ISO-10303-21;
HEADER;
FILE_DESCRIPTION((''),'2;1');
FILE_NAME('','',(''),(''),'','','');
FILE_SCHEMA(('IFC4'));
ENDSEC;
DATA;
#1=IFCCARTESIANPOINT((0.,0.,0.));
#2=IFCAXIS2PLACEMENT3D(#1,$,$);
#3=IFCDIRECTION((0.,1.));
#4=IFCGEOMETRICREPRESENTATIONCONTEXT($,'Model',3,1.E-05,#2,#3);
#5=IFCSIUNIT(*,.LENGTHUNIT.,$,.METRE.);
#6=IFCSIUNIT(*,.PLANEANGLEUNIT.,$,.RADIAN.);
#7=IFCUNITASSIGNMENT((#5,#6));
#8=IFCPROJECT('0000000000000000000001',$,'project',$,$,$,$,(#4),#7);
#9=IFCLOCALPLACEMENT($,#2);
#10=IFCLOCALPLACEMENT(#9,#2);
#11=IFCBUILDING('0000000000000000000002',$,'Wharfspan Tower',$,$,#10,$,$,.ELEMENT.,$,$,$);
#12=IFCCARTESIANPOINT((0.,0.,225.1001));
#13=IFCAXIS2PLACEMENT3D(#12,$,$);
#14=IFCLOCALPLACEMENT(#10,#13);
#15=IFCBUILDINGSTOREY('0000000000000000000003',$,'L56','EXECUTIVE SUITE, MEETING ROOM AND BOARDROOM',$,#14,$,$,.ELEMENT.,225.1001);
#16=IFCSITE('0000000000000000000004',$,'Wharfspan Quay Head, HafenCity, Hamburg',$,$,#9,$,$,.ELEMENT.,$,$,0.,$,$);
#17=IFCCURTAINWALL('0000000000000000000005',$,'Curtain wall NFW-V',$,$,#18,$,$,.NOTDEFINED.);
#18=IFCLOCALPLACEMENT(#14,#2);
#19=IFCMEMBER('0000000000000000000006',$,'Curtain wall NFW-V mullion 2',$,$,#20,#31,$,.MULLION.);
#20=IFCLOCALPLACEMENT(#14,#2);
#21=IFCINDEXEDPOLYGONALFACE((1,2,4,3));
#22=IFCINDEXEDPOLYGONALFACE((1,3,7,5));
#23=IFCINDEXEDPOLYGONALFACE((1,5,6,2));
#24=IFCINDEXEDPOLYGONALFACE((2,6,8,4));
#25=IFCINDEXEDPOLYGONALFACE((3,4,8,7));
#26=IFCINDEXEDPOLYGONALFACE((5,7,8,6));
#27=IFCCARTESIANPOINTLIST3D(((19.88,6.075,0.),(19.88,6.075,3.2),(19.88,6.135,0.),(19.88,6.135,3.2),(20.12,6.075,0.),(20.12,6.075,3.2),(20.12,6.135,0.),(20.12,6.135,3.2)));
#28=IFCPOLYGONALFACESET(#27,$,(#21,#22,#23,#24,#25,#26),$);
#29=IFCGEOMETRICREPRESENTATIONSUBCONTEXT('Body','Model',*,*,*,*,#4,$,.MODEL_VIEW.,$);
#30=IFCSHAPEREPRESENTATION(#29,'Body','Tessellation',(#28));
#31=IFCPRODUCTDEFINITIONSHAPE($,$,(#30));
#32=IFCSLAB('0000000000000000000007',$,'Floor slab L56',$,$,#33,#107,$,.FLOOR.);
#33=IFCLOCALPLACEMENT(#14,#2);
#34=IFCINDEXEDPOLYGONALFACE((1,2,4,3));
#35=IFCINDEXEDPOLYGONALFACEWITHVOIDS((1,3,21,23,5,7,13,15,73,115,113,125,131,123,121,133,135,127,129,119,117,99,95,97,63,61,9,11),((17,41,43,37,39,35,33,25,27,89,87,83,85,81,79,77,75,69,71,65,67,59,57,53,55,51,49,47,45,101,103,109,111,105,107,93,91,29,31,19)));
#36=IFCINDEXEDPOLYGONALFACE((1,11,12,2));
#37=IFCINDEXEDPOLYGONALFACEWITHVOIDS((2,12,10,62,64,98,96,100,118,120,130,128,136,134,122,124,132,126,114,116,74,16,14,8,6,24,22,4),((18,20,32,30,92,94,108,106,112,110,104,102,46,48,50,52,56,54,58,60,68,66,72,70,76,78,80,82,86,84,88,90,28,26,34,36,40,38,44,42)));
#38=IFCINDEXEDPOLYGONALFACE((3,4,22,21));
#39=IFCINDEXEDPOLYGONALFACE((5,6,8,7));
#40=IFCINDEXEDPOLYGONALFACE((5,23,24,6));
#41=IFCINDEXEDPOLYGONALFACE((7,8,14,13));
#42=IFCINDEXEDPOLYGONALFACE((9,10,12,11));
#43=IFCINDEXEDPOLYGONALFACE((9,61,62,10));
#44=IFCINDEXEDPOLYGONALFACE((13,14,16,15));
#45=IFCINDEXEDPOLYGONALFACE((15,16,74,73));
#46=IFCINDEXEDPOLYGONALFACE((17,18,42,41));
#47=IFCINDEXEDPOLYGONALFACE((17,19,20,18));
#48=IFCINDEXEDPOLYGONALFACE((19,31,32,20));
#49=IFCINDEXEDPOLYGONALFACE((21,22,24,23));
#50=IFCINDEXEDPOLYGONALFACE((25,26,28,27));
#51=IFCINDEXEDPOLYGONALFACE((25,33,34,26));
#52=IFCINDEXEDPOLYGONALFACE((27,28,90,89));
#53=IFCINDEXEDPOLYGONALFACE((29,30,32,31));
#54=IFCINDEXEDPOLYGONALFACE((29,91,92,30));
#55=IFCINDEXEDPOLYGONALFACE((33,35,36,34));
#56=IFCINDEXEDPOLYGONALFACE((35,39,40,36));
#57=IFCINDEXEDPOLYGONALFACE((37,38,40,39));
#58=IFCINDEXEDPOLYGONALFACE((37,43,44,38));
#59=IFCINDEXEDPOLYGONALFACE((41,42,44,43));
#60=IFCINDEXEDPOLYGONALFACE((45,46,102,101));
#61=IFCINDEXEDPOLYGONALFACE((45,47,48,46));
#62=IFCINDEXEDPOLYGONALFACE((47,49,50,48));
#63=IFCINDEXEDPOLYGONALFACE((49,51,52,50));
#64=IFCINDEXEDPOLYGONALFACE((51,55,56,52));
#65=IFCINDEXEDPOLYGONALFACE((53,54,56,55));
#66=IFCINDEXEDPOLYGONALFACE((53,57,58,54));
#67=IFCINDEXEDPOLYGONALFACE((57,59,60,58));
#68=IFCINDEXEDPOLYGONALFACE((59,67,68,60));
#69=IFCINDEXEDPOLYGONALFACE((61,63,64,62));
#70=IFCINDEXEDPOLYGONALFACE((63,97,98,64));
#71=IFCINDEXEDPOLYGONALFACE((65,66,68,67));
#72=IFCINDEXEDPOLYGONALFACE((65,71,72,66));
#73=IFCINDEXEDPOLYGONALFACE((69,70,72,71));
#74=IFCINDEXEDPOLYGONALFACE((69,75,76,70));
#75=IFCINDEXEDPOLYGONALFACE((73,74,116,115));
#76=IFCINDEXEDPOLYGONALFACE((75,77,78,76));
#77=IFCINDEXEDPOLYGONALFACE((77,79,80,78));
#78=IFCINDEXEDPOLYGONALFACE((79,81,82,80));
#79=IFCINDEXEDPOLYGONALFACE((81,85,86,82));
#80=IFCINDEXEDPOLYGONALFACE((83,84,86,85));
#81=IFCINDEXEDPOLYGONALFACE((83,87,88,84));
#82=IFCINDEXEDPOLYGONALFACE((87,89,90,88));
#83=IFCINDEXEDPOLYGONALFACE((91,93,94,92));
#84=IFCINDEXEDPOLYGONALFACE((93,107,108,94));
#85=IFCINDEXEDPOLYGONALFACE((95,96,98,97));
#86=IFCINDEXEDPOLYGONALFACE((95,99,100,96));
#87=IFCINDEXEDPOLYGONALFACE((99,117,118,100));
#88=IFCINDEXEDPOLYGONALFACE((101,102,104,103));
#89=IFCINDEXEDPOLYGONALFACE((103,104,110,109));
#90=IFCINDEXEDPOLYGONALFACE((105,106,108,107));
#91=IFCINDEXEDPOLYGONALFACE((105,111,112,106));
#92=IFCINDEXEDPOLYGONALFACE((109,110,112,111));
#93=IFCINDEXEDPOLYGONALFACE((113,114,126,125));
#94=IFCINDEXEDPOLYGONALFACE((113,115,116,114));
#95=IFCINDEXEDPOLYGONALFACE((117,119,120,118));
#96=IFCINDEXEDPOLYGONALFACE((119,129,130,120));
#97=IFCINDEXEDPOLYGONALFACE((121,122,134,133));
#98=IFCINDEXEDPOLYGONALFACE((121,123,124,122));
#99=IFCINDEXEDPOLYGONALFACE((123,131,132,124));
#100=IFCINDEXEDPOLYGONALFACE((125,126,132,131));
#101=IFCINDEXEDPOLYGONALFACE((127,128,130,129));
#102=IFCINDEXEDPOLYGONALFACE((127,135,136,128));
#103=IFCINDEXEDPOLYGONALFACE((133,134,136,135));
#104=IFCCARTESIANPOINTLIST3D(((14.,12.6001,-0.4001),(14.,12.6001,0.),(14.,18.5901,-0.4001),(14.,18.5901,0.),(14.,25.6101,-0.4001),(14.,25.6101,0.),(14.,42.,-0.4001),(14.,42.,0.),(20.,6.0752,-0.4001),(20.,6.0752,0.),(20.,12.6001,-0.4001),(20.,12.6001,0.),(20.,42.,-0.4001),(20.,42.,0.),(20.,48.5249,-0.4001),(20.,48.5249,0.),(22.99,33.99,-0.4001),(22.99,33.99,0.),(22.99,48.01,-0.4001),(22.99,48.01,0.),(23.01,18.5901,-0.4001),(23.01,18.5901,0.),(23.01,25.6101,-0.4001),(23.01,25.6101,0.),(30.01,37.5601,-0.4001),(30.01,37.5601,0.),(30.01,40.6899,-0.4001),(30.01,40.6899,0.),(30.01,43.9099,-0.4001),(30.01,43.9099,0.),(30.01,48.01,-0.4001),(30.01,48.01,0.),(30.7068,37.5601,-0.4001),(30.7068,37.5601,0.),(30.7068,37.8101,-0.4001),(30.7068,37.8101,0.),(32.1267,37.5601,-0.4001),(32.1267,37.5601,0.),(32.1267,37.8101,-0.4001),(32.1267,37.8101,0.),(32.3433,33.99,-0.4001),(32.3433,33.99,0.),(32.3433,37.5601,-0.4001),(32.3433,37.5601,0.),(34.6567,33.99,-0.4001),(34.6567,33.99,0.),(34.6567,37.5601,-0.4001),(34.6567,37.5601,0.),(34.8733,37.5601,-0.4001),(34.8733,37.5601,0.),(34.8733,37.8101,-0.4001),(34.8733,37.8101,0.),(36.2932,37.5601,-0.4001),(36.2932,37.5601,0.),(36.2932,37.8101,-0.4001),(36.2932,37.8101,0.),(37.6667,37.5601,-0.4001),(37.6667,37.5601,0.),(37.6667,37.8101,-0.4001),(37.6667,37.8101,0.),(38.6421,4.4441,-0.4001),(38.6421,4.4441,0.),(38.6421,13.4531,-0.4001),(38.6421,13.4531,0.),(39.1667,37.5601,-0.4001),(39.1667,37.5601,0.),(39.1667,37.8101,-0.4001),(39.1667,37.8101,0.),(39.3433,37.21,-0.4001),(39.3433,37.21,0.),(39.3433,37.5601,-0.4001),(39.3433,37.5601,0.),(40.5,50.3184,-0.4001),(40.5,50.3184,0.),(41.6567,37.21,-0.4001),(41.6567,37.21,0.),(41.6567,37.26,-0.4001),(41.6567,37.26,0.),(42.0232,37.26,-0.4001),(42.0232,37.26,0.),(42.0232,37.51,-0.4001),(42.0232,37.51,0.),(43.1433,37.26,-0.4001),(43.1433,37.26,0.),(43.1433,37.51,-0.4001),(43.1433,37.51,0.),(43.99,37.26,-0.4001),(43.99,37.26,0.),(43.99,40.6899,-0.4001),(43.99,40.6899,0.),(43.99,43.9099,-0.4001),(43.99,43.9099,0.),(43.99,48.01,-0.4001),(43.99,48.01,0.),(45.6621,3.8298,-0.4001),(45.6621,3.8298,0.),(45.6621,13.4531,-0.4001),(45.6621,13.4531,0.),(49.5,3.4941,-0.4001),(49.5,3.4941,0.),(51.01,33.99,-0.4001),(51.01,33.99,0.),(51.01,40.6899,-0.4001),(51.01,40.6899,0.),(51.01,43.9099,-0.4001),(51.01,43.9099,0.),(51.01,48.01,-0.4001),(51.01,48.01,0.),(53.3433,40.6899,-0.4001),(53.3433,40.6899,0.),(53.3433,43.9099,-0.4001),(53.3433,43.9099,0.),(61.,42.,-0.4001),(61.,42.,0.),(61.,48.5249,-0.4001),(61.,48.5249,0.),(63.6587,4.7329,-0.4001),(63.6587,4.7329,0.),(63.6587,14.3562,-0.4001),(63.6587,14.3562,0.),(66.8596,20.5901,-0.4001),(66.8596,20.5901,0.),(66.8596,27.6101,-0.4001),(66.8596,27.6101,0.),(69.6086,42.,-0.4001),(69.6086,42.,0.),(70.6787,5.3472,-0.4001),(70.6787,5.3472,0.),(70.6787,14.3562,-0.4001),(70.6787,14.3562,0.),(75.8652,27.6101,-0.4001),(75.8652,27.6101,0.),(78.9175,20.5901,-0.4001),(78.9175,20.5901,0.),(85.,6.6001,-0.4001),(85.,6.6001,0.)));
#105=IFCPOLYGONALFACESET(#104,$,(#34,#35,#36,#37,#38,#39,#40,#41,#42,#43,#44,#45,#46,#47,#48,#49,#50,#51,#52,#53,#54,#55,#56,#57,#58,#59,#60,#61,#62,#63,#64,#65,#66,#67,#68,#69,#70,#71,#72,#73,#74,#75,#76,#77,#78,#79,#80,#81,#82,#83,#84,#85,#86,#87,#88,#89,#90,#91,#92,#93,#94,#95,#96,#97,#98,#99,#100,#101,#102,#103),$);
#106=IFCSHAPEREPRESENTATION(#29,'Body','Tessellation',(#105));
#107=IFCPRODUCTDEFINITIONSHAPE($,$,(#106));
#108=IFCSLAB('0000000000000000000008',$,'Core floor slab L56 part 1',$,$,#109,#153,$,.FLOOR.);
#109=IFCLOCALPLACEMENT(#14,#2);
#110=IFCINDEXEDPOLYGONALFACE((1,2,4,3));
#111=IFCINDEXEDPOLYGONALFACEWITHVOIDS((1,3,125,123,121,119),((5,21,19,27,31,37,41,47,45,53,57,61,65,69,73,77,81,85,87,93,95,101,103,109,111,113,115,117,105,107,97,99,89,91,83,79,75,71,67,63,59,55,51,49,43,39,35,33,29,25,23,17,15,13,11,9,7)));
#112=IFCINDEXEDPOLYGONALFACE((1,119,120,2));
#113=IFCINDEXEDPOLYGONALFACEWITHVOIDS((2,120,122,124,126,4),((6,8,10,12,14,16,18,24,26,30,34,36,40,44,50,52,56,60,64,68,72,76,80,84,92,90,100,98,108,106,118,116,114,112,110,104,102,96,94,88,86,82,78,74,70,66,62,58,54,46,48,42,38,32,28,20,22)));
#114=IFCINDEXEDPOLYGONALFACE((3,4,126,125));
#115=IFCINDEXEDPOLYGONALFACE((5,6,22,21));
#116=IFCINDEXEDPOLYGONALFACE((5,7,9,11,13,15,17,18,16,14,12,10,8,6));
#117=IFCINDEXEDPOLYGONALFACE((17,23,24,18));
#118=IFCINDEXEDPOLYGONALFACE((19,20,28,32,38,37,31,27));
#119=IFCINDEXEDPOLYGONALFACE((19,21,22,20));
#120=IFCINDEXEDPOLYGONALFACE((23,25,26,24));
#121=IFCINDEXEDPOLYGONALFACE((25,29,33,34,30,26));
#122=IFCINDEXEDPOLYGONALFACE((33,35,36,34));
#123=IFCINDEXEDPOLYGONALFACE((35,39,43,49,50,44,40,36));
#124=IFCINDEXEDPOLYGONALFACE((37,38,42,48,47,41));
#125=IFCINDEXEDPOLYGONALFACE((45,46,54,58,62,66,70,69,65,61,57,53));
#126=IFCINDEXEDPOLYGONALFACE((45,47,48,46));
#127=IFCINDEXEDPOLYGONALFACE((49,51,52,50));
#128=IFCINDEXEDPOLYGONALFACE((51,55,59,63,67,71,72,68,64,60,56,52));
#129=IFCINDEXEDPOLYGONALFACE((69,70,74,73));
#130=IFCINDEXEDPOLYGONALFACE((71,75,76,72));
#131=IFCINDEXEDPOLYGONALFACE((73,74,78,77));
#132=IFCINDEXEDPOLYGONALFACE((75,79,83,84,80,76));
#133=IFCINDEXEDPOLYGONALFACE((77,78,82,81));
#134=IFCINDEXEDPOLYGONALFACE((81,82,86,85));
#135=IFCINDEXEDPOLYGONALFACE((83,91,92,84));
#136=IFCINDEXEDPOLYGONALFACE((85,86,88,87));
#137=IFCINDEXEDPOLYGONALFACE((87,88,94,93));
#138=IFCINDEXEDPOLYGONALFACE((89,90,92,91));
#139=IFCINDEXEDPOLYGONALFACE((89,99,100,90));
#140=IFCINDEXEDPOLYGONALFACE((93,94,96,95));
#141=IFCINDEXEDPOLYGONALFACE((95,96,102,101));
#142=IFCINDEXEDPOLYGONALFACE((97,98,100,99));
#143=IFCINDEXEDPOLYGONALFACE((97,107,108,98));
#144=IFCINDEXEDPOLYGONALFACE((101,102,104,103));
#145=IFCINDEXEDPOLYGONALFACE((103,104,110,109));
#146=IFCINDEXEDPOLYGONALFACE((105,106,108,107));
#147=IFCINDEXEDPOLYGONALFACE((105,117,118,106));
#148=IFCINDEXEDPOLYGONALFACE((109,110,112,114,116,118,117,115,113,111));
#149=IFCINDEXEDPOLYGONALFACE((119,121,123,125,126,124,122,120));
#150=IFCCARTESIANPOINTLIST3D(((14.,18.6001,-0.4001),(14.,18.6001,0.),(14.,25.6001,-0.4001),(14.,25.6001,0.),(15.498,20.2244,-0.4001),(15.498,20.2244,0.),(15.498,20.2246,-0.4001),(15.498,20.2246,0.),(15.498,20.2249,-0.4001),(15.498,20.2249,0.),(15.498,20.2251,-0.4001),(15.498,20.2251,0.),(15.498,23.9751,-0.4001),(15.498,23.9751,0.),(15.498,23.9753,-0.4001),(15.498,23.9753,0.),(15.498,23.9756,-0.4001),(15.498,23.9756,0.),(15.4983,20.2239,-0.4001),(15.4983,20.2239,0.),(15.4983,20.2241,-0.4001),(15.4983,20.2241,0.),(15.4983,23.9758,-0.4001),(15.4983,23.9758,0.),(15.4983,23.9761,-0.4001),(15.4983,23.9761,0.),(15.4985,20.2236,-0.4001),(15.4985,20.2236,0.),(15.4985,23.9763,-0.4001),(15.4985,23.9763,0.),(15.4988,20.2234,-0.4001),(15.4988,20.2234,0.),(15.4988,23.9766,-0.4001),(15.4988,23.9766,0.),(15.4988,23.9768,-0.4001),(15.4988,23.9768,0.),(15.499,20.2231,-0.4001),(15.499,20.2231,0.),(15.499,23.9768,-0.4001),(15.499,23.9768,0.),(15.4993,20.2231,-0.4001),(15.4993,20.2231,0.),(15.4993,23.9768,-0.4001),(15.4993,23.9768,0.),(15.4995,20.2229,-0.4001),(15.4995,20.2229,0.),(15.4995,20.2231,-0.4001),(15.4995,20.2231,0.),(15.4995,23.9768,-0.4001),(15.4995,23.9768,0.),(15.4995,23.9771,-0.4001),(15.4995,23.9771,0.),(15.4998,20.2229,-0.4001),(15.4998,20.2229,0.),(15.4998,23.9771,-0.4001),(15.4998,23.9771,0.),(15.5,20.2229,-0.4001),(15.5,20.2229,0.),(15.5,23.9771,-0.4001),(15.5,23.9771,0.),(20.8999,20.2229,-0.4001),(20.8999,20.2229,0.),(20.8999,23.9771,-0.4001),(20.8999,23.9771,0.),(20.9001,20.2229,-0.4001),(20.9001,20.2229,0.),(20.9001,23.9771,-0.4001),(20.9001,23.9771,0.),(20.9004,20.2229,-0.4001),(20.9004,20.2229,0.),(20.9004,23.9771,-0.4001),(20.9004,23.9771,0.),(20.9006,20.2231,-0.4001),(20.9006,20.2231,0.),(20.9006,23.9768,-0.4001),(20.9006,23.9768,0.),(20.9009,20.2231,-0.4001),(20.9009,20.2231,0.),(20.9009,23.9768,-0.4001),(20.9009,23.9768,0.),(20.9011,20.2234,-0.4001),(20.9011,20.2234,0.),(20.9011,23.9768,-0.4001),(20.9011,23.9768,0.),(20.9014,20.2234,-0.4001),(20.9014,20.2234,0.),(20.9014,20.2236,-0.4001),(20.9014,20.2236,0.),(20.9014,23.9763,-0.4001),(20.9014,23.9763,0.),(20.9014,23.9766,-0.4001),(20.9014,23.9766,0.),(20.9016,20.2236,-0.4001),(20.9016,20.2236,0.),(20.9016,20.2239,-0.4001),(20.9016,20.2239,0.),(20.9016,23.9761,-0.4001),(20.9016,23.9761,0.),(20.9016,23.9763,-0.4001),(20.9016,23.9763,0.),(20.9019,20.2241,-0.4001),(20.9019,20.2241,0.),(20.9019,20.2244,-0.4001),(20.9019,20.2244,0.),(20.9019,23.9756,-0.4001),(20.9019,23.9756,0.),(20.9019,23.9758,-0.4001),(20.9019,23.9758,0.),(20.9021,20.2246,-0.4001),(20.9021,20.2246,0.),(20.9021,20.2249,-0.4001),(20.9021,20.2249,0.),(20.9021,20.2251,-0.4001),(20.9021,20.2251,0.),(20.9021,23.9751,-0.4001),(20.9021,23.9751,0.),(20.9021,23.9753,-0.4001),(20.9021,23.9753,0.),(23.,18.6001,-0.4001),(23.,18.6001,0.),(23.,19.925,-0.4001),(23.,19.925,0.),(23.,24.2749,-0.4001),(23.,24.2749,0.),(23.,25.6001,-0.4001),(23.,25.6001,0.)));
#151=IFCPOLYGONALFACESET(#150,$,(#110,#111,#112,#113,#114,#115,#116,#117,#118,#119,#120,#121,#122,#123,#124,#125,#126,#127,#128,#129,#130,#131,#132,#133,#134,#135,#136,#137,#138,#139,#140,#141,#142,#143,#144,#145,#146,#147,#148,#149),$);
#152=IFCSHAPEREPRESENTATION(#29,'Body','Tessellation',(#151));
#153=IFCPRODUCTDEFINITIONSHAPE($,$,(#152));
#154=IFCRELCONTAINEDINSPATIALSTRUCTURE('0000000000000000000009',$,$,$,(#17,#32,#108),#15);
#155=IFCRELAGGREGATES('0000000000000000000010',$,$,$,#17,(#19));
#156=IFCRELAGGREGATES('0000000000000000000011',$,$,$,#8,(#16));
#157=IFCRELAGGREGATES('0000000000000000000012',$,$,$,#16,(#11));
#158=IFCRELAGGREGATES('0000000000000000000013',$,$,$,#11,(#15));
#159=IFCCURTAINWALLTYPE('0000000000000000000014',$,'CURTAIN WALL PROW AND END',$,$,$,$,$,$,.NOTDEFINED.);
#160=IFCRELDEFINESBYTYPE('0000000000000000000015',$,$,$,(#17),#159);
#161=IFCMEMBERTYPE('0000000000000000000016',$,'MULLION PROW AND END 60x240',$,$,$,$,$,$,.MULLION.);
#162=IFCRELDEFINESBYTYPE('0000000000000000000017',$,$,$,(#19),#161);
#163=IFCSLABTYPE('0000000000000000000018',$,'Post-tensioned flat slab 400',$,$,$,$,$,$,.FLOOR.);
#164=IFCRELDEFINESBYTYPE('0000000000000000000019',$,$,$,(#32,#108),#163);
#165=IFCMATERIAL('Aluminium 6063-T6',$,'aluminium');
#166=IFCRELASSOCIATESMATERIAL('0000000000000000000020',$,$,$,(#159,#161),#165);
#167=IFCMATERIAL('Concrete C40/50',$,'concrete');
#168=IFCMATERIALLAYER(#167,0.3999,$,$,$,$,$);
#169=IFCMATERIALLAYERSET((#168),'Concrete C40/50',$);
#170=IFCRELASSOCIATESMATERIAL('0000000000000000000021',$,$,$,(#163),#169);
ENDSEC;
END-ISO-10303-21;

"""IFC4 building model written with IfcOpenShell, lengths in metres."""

from ifc_helpers import new_model, si_unit, direction, frame, origin, origin_2d, place, context, subcontext, project, spatial, polyline, rectangle, outline, extrude, material, layer, layer_set, material_profile, profile_set, type_object, element, aggregate, save


model = new_model("IFC4")

# Units and contexts
model_context = context("Model", 3, precision=1e-05, world=origin(), true_north=direction((0.0, 1.0)))
body_context = subcontext(model_context, "Body", "Model", "MODEL_VIEW")
ifc_project = project(units=[si_unit("LENGTHUNIT", "METRE"), si_unit("PLANEANGLEUNIT", "RADIAN")], contexts=[model_context])

# Site, building, storey
site_placement = place(None, origin())
site = spatial("IfcSite", under=ifc_project, at=site_placement, Name="Wharfspan Quay Head, HafenCity, Hamburg", CompositionType="ELEMENT", RefElevation=0.0)
building_placement = place(site_placement, origin())
building = spatial("IfcBuilding", under=site, at=building_placement, Name="Wharfspan Tower", CompositionType="ELEMENT")
storey_placement = place(building_placement, frame((0.0, 0.0, 225.1001)))
storey = spatial("IfcBuildingStorey", under=building, at=storey_placement, Name="L56", Description="EXECUTIVE SUITE, MEETING ROOM AND BOARDROOM", CompositionType="ELEMENT", Elevation=225.1001)

# Curtain wall, member
ifc_material_1 = material(Name="Aluminium 6063-T6", Category="aluminium")
curtain_wall_type = type_object("IfcCurtainWallType", Name="CURTAIN WALL PROW AND END", PredefinedType="NOTDEFINED", material=ifc_material_1)
curtain_wall_placement = place(storey_placement, origin())
curtain_wall = element("IfcCurtainWall", 1, at=curtain_wall_placement, inside=storey, type_object=curtain_wall_type, Name="Curtain wall NFW-V", PredefinedType="NOTDEFINED")
ifc_material_profile = material_profile(ifc_material_1, rectangle(XDim=0.24, YDim=0.0601, at=origin_2d()))
ifc_profile_set = profile_set([ifc_material_profile], Name="Aluminium 6063-T6")
member_type = type_object("IfcMemberType", Name="MULLION PROW AND END 60x240", PredefinedType="MULLION", material=ifc_profile_set)
member_placement = place(storey_placement, frame((20.0, 6.105, 0.0), z_axis=(0.0, 0.0, 1.0), x_axis=(1.0, 0.0, 0.0)))
member = element("IfcMember", 2, at=member_placement, type_object=member_type, Name="Curtain wall NFW-V mullion 2", PredefinedType="MULLION", context=body_context, shape_type="SweptSolid", body=[
    extrude(rectangle(XDim=0.24, YDim=0.0601, at=origin_2d()), origin(), (0.0, 0.0, 1.0), 3.2),
])
aggregate(curtain_wall, [member])

# Slabs
ifc_material_2 = material(Name="Concrete C40/50", Category="concrete")
ifc_layer_1 = layer(ifc_material_2, 0.3999)
ifc_layer_set_1 = layer_set([ifc_layer_1], Name="Concrete C40/50")
slab_type_1 = type_object("IfcSlabType", Name="Post-tensioned flat slab 400", PredefinedType="FLOOR", material=ifc_layer_set_1)
slab_1_placement = place(storey_placement, frame((0.0, 0.0, -0.4001)))
element("IfcSlab", 3, at=slab_1_placement, inside=storey, type_object=slab_type_1, Name="Floor slab L56", PredefinedType="FLOOR", context=body_context, shape_type="SweptSolid", body=[
    extrude(outline(polyline([(38.6421, 4.4441), (38.6421, 13.4531), (45.6621, 13.4531), (45.6621, 3.8298), (49.5, 3.4941), (63.6587, 4.7329), (63.6587, 14.3562), (70.6787, 14.3562), (70.6787, 5.3472), (85.0, 6.6001), (78.9175, 20.5901), (66.8596, 20.5901), (66.8596, 27.6101), (75.8652, 27.6101), (69.6086, 42.0), (61.0, 42.0), (61.0, 48.5249), (40.5, 50.3184), (20.0, 48.5249), (20.0, 42.0), (14.0, 42.0), (14.0, 25.6101), (23.01, 25.6101), (23.01, 18.5901), (14.0, 18.5901), (14.0, 12.6001), (20.0, 12.6001), (20.0, 6.0752), (38.6421, 4.4441)]), holes=[polyline([(32.1267, 37.5601), (32.3433, 37.5601), (32.3433, 33.99), (22.99, 33.99), (22.99, 48.01), (30.01, 48.01), (30.01, 43.9099), (43.99, 43.9099), (43.99, 48.01), (51.01, 48.01), (51.01, 43.9099), (53.3433, 43.9099), (53.3433, 40.6899), (51.01, 40.6899), (51.01, 33.99), (34.6567, 33.99), (34.6567, 37.5601), (34.8733, 37.5601), (34.8733, 37.8101), (36.2932, 37.8101), (36.2932, 37.5601), (37.6667, 37.5601), (37.6667, 37.8101), (39.1667, 37.8101), (39.1667, 37.5601), (39.3433, 37.5601), (39.3433, 37.21), (41.6567, 37.21), (41.6567, 37.26), (42.0232, 37.26), (42.0232, 37.51), (43.1433, 37.51), (43.1433, 37.26), (43.99, 37.26), (43.99, 40.6899), (30.01, 40.6899), (30.01, 37.5601), (30.7068, 37.5601), (30.7068, 37.8101), (32.1267, 37.8101), (32.1267, 37.5601)])]), origin(), (0.0, 0.0, 1.0), 0.4001),
])
slab_2_placement = place(storey_placement, frame((0.0, 0.0, -0.4001)))
element("IfcSlab", 4, at=slab_2_placement, inside=storey, type_object=slab_type_1, Name="Core floor slab L56 part 1", PredefinedType="FLOOR", context=body_context, shape_type="SweptSolid", body=[
    extrude(outline(polyline([(23.0, 19.925), (23.0, 24.2749), (23.0, 25.6001), (14.0, 25.6001), (14.0, 18.6001), (23.0, 18.6001), (23.0, 19.925)]), holes=[polyline([(20.8999, 23.9771), (20.9001, 23.9771), (20.9004, 23.9771), (20.9006, 23.9768), (20.9009, 23.9768), (20.9009, 23.9768), (20.9011, 23.9768), (20.9014, 23.9766), (20.9014, 23.9763), (20.9016, 23.9763), (20.9016, 23.9761), (20.9019, 23.9758), (20.9019, 23.9758), (20.9019, 23.9756), (20.9021, 23.9753), (20.9021, 23.9751), (20.9021, 23.9751), (20.9021, 20.2251), (20.9021, 20.2249), (20.9021, 20.2246), (20.9019, 20.2244), (20.9019, 20.2241), (20.9019, 20.2241), (20.9016, 20.2239), (20.9016, 20.2236), (20.9014, 20.2236), (20.9014, 20.2234), (20.9011, 20.2234), (20.9009, 20.2231), (20.9009, 20.2231), (20.9006, 20.2231), (20.9004, 20.2229), (20.9001, 20.2229), (20.8999, 20.2229), (15.5, 20.2229), (15.4998, 20.2229), (15.4995, 20.2229), (15.4995, 20.2231), (15.4993, 20.2231), (15.499, 20.2231), (15.4988, 20.2234), (15.4988, 20.2234), (15.4985, 20.2236), (15.4985, 20.2236), (15.4983, 20.2239), (15.4983, 20.2241), (15.4983, 20.2241), (15.498, 20.2244), (15.498, 20.2246), (15.498, 20.2249), (15.498, 20.2251), (15.498, 23.9751), (15.498, 23.9751), (15.498, 23.9753), (15.498, 23.9756), (15.4983, 23.9758), (15.4983, 23.9758), (15.4983, 23.9761), (15.4985, 23.9763), (15.4985, 23.9763), (15.4988, 23.9766), (15.4988, 23.9768), (15.499, 23.9768), (15.4993, 23.9768), (15.4995, 23.9768), (15.4995, 23.9771), (15.4998, 23.9771), (15.5, 23.9771), (20.8999, 23.9771)])]), origin(), (0.0, 0.0, 1.0), 0.4001),
])

save(model, "model.ifc")
